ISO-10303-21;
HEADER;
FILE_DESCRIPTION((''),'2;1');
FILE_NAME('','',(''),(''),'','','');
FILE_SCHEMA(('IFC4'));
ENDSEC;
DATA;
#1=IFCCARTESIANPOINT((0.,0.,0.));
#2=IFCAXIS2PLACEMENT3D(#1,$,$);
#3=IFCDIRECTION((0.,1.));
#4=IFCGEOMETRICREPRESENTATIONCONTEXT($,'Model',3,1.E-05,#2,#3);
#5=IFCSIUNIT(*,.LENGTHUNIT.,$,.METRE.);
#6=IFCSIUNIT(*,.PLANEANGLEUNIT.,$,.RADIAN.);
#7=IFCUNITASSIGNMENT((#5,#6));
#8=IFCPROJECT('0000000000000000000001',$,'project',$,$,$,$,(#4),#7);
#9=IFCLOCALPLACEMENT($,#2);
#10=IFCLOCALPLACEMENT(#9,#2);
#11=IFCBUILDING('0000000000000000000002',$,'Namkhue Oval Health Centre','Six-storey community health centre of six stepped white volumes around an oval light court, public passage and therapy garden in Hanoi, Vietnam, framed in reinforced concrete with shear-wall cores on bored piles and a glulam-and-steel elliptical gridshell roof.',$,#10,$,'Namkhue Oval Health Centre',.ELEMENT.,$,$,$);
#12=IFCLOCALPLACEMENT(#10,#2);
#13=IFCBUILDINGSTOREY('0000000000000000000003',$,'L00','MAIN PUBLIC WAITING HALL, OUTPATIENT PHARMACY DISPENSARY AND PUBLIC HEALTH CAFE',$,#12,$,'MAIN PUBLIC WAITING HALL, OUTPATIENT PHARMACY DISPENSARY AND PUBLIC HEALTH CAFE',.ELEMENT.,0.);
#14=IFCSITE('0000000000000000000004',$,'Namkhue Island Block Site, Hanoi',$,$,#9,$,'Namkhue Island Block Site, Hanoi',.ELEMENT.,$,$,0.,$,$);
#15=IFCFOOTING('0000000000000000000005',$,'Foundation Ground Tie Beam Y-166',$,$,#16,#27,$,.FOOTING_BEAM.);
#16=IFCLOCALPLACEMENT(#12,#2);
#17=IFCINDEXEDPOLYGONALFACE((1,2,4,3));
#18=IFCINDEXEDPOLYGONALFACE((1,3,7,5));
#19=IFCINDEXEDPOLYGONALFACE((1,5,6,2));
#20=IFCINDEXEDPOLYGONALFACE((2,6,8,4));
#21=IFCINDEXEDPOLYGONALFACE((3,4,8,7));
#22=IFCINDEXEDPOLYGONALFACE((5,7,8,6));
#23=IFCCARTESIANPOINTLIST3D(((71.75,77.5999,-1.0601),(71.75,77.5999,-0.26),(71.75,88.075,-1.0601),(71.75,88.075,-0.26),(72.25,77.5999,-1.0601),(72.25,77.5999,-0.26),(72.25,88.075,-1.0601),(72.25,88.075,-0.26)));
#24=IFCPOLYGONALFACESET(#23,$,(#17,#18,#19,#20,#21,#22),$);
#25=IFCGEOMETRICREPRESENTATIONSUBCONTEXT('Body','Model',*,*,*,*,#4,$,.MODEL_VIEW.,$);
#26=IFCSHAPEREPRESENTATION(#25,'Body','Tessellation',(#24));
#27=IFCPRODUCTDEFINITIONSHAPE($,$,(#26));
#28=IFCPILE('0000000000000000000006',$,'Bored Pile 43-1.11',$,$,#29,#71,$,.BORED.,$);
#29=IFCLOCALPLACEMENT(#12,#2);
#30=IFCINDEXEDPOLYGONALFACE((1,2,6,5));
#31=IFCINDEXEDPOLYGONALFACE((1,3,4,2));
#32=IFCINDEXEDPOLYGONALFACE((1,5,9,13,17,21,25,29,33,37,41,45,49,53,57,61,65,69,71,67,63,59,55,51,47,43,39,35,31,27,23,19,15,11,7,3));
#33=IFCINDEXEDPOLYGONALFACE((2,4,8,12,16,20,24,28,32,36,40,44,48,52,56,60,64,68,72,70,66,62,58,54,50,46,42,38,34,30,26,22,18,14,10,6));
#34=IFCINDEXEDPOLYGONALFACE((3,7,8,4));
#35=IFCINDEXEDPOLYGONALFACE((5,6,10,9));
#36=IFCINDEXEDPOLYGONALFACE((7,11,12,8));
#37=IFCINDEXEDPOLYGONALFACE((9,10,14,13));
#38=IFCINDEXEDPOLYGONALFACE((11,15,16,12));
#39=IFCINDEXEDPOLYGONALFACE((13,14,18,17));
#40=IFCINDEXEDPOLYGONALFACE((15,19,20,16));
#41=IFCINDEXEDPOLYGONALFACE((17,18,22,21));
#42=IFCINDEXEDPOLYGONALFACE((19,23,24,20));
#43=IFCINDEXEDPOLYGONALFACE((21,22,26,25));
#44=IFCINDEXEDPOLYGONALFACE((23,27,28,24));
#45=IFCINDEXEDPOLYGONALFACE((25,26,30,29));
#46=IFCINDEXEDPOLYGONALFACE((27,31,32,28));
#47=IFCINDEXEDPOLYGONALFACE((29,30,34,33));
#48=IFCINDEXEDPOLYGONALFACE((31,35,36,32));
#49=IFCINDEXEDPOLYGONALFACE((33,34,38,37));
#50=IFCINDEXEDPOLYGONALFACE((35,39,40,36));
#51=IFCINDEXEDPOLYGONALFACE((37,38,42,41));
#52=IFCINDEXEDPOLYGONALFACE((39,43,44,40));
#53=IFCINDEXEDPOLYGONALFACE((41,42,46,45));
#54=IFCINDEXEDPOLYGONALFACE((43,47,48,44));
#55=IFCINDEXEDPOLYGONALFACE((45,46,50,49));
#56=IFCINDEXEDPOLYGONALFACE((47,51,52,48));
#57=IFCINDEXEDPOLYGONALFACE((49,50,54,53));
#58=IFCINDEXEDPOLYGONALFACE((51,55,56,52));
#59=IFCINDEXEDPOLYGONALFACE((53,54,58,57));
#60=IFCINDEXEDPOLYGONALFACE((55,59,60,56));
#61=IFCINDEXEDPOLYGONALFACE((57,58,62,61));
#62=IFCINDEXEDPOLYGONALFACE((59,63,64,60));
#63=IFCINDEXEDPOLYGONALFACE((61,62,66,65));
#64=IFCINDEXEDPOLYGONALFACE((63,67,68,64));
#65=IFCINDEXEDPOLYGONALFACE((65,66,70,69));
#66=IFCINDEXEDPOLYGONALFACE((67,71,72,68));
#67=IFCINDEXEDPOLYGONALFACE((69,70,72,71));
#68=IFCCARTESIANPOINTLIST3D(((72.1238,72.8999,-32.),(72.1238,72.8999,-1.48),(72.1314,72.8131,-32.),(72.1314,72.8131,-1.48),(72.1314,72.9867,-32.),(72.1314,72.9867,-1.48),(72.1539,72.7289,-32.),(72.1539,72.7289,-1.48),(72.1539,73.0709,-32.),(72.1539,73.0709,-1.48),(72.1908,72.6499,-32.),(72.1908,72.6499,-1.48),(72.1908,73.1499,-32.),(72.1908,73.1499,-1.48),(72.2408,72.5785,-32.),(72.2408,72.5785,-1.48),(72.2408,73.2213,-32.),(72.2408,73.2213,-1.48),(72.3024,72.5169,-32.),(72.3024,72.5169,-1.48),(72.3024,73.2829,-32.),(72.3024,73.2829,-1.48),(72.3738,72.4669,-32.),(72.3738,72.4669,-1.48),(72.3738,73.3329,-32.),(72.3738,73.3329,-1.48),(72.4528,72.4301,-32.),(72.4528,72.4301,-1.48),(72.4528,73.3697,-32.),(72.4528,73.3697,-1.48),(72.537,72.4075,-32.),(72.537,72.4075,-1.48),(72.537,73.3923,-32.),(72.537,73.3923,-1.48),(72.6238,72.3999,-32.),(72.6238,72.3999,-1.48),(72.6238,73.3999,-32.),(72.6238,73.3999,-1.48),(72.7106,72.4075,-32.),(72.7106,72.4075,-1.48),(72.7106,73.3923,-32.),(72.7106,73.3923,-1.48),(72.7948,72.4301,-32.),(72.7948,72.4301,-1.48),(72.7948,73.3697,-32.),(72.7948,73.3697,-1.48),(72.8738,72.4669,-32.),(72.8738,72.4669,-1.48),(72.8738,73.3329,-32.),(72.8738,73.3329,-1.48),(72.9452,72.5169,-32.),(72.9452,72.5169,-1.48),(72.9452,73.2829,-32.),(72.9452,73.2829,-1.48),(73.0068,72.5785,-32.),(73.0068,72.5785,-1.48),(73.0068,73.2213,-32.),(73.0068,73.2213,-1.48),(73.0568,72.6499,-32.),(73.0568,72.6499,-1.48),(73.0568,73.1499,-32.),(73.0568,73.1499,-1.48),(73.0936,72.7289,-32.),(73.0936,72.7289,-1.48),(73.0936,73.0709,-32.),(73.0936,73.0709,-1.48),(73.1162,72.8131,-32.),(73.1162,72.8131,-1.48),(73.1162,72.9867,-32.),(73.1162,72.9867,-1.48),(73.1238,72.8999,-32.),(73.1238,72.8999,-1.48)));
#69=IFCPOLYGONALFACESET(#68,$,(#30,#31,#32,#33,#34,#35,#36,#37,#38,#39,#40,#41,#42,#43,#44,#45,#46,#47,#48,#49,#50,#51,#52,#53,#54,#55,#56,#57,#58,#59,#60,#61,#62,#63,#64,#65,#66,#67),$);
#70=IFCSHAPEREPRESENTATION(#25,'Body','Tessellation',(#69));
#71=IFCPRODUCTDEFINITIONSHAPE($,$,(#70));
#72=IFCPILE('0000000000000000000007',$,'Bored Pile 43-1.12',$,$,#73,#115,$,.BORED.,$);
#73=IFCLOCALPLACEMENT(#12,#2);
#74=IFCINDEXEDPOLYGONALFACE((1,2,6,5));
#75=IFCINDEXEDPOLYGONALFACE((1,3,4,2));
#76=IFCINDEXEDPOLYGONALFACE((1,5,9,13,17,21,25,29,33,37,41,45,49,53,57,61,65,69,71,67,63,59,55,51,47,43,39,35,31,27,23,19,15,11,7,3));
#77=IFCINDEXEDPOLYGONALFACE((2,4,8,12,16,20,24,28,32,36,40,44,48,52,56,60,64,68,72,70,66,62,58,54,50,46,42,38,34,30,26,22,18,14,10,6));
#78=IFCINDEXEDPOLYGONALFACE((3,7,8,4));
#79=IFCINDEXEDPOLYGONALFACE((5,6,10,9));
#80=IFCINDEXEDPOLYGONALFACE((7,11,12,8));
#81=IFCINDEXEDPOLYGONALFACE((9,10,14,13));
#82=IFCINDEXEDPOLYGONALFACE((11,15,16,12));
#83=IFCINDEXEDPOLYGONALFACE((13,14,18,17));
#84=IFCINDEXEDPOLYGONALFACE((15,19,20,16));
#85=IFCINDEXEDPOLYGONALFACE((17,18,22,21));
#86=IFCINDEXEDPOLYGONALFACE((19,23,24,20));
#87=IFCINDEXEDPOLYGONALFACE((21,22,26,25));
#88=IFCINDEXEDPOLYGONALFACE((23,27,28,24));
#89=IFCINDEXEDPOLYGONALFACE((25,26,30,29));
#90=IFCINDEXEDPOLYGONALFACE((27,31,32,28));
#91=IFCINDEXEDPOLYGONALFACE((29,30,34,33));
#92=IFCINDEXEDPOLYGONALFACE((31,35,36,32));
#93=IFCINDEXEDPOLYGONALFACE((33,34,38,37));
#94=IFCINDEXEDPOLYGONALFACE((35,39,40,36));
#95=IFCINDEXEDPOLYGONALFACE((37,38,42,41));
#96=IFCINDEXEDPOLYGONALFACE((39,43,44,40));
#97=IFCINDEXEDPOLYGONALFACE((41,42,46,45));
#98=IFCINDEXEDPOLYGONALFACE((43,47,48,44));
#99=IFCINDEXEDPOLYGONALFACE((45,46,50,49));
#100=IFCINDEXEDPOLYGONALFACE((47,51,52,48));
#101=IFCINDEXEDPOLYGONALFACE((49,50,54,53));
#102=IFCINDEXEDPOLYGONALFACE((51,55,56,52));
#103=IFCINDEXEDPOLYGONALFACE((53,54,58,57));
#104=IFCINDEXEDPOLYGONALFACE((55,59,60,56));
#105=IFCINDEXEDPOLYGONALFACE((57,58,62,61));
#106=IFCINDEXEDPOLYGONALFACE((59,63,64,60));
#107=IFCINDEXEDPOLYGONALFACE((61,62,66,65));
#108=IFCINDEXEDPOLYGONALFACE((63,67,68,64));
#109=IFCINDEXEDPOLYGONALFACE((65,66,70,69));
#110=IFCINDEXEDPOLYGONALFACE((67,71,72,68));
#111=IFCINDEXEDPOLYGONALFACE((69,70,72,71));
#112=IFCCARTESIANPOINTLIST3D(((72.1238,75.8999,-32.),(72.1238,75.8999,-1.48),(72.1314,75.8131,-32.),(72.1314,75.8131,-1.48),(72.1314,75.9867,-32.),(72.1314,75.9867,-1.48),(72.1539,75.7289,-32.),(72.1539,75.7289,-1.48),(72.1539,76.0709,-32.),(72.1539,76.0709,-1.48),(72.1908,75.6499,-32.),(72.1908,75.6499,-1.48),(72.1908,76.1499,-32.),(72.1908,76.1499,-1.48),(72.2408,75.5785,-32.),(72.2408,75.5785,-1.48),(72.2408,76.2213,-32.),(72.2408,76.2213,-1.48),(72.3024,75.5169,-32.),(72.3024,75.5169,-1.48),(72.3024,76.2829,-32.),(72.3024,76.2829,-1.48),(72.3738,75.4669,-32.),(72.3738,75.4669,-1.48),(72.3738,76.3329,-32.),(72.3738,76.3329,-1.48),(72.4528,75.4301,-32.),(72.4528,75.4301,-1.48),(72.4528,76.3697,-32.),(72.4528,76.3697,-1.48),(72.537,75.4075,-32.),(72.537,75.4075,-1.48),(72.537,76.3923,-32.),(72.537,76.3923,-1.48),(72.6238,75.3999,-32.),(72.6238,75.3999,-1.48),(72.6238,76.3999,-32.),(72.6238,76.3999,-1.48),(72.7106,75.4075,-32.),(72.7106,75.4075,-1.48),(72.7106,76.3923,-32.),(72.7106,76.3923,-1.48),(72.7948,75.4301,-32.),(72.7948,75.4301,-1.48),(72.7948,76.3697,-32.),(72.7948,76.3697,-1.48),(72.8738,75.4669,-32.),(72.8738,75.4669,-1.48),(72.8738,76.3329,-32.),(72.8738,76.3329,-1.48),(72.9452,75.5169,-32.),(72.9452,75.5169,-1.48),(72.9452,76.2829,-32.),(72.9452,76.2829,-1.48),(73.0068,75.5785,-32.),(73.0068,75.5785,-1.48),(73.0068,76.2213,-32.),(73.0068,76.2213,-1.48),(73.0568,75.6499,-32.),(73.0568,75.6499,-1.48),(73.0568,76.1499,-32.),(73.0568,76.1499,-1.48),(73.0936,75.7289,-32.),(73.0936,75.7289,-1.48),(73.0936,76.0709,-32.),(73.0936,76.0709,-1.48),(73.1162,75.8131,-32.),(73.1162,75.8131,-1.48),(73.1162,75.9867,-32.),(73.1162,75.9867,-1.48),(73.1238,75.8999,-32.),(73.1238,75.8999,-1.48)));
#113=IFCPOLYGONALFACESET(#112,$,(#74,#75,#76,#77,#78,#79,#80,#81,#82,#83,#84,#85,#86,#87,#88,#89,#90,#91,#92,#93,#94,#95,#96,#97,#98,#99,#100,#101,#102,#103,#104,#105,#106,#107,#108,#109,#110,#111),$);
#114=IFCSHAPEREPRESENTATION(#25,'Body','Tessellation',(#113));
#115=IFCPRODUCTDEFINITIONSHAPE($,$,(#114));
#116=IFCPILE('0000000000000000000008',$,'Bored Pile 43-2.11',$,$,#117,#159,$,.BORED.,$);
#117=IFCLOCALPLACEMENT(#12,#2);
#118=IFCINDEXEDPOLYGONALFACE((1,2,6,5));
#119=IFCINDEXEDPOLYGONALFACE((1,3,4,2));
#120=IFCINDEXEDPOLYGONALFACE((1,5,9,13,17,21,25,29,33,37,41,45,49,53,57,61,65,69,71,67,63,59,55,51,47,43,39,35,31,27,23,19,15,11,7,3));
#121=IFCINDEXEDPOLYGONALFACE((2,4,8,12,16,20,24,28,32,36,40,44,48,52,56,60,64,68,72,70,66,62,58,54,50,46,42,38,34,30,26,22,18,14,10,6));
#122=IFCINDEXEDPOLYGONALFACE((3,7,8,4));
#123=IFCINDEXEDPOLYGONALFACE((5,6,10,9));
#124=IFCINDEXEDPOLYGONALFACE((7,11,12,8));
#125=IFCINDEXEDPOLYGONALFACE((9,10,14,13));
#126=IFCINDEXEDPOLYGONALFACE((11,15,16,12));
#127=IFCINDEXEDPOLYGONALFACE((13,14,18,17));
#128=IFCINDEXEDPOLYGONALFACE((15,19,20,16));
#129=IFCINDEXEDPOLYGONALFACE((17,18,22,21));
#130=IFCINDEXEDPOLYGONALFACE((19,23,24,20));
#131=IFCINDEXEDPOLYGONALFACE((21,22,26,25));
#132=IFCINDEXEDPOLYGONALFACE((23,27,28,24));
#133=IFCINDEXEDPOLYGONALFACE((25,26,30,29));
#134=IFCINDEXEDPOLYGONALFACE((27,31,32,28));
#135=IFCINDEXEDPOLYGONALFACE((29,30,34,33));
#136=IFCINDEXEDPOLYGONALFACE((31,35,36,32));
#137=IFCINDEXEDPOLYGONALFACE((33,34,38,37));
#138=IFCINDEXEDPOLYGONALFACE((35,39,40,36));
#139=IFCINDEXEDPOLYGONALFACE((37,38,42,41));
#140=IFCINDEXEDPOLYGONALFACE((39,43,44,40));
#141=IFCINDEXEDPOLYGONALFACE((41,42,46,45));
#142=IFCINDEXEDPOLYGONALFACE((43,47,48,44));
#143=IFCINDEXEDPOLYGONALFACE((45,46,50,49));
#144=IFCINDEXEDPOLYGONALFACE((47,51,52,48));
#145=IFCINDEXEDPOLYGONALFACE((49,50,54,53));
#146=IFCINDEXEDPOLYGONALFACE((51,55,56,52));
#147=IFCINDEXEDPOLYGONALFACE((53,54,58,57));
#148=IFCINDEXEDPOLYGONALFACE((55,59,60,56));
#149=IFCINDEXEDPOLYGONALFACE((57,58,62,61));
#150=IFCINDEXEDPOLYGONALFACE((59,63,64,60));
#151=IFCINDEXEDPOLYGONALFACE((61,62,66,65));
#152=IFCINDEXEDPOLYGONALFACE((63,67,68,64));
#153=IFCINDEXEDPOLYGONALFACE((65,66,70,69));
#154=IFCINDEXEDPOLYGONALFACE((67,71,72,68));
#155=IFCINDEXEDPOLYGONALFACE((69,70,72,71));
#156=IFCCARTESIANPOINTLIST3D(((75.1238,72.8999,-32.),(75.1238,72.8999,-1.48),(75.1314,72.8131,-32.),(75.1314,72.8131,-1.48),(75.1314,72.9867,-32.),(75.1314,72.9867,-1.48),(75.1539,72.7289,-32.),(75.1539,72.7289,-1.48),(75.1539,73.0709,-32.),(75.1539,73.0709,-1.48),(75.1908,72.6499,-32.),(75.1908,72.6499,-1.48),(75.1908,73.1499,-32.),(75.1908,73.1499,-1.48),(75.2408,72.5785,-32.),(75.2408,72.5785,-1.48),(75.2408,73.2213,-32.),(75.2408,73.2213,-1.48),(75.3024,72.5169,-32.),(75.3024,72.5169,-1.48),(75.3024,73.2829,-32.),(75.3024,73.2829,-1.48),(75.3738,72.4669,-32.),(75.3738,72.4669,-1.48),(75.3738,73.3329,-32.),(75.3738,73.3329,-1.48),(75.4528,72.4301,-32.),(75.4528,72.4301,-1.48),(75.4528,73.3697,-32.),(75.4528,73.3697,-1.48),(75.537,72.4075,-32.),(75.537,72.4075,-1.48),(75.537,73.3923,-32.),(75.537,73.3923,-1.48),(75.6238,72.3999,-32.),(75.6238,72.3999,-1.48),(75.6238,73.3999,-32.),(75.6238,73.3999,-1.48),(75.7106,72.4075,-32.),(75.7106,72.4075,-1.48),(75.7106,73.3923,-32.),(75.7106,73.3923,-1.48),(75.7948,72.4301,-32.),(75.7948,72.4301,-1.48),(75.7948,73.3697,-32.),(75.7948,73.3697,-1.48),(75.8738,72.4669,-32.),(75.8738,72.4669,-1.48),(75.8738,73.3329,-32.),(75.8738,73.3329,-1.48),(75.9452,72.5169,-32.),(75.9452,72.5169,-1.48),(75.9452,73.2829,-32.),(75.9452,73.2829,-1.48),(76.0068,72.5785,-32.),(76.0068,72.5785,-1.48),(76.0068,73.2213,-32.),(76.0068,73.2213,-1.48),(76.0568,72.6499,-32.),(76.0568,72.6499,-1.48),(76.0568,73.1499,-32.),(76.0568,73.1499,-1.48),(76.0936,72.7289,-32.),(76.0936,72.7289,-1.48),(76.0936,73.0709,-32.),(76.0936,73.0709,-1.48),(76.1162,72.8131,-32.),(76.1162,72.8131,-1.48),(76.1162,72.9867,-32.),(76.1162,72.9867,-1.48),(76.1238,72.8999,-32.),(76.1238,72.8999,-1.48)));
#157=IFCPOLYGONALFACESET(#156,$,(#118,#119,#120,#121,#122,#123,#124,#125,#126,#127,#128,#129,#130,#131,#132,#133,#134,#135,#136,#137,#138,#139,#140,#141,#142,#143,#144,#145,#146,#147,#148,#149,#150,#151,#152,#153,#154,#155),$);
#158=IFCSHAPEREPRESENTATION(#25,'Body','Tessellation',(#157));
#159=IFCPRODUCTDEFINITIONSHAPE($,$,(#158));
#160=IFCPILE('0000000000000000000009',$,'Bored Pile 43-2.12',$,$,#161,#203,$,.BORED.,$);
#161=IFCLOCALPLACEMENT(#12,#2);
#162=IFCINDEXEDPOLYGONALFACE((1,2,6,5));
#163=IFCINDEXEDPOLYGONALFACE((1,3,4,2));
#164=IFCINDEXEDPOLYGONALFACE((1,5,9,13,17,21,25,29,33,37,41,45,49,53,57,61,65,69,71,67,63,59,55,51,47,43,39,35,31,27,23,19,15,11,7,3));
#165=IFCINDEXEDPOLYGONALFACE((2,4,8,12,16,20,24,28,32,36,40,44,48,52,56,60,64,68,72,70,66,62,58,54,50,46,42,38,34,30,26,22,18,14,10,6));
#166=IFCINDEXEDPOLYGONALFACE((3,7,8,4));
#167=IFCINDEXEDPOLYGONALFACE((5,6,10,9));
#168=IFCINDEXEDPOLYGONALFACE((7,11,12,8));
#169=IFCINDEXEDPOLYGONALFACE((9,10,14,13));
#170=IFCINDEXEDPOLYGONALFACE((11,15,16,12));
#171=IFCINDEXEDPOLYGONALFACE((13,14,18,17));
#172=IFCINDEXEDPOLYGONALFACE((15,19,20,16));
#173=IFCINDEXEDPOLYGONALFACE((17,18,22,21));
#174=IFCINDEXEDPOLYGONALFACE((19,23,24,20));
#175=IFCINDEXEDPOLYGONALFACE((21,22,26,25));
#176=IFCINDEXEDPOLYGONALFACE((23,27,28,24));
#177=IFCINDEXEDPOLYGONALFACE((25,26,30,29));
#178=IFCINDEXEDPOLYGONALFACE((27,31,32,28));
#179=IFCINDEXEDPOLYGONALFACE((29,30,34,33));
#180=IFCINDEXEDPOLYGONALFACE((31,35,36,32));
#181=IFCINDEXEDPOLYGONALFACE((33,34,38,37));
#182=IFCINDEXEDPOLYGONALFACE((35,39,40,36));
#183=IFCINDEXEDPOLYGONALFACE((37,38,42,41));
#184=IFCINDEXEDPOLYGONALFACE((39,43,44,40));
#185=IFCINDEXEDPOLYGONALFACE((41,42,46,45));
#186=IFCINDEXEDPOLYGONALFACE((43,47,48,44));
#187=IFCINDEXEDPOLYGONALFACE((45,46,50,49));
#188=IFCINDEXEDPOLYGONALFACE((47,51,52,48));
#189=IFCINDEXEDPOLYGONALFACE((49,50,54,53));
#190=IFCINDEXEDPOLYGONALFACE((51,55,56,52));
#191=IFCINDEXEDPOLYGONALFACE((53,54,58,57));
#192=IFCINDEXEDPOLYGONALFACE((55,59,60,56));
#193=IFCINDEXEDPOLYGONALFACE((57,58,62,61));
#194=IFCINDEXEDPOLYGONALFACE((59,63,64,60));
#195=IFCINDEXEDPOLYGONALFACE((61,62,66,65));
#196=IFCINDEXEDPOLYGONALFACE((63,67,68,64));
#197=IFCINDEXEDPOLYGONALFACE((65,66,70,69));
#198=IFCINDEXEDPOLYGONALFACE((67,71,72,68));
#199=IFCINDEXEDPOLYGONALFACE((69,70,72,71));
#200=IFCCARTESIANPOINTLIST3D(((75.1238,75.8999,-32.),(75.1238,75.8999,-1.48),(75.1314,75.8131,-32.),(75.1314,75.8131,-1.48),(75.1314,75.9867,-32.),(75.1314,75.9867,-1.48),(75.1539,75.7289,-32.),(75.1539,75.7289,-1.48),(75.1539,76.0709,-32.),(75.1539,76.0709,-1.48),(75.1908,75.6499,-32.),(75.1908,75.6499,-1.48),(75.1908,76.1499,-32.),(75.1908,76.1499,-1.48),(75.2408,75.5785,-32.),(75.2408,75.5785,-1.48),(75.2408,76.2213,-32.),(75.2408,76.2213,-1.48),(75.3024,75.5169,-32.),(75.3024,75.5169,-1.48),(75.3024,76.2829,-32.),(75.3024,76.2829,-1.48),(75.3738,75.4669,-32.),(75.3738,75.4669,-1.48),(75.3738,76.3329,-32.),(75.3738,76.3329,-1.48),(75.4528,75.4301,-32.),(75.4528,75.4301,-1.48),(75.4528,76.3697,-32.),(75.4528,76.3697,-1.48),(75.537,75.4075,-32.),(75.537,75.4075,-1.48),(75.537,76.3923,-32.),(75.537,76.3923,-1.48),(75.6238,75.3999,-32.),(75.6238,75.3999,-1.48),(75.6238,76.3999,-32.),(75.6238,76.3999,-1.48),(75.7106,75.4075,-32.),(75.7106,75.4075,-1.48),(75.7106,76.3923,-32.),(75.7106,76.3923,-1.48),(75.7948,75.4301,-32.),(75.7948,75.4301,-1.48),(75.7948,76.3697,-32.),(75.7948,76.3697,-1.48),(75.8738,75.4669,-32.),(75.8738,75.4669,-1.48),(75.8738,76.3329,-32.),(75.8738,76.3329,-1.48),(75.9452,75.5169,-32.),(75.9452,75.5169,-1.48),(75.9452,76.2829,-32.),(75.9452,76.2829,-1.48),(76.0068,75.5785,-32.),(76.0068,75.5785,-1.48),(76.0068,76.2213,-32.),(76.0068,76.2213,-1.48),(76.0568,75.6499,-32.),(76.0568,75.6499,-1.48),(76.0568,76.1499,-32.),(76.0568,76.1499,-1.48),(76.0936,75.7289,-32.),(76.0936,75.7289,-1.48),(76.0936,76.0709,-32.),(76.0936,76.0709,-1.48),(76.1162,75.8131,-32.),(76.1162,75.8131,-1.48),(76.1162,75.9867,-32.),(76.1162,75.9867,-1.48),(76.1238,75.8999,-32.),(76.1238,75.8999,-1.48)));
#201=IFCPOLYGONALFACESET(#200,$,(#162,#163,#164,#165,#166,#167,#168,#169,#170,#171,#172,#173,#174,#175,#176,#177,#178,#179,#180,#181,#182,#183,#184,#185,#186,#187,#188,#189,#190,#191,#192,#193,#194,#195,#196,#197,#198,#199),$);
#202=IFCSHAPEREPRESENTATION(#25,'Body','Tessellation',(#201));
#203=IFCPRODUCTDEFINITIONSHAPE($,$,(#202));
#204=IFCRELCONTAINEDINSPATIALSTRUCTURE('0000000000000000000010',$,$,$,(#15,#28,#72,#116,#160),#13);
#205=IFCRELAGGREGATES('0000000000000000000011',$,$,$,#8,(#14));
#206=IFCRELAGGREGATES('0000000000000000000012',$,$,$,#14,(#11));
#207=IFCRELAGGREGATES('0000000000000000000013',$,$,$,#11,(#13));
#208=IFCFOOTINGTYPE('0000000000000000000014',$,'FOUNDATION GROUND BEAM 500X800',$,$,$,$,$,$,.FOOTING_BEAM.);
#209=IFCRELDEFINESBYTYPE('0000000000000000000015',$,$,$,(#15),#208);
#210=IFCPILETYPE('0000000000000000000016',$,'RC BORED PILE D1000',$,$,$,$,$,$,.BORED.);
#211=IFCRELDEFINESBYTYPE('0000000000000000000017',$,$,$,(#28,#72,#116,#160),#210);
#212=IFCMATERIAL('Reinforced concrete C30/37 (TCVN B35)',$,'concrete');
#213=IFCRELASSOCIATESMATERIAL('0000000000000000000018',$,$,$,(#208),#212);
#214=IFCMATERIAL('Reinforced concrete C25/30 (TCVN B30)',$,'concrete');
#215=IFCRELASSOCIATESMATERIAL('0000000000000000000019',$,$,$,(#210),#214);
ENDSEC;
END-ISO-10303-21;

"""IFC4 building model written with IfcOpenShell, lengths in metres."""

from ifc_helpers import new_model, si_unit, direction, frame, origin, origin_2d, place, context, subcontext, project, spatial, rectangle, circle, extrude, material, material_profile, profile_set, type_object, element, save


model = new_model("IFC4")

# Units and contexts
model_context = context("Model", 3, precision=1e-05, world=origin(), true_north=direction((0.0, 1.0)))
body_context = subcontext(model_context, "Body", "Model", "MODEL_VIEW")
ifc_project = project(units=[si_unit("LENGTHUNIT", "METRE"), si_unit("PLANEANGLEUNIT", "RADIAN")], contexts=[model_context])

# Site, building, storey
site_placement = place(None, origin())
site = spatial("IfcSite", under=ifc_project, at=site_placement, Name="Namkhue Island Block Site, Hanoi", LongName="Namkhue Island Block Site, Hanoi", CompositionType="ELEMENT", RefElevation=0.0)
building_placement = place(site_placement, origin())
building = spatial("IfcBuilding", under=site, at=building_placement, Name="Namkhue Oval Health Centre", Description="Six-storey community health centre of six stepped white volumes around an oval light court, public passage and therapy garden in Hanoi, Vietnam, framed in reinforced concrete with shear-wall cores on bored piles and a glulam-and-steel elliptical gridshell roof.", LongName="Namkhue Oval Health Centre", CompositionType="ELEMENT")
storey_placement = place(building_placement, origin())
storey = spatial("IfcBuildingStorey", under=building, at=storey_placement, Name="L00", Description="MAIN PUBLIC WAITING HALL, OUTPATIENT PHARMACY DISPENSARY AND PUBLIC HEALTH CAFE", LongName="MAIN PUBLIC WAITING HALL, OUTPATIENT PHARMACY DISPENSARY AND PUBLIC HEALTH CAFE", CompositionType="ELEMENT", Elevation=0.0)

# Footing
ifc_material_1 = material(Name="Reinforced concrete C30/37 (TCVN B35)", Category="concrete")
footing_type = type_object("IfcFootingType", Name="FOUNDATION GROUND BEAM 500X800", PredefinedType="FOOTING_BEAM", material=ifc_material_1)
footing_placement = place(storey_placement, frame((72.0, 82.8374, -1.0601), z_axis=(0.0, 0.0, 1.0), x_axis=(0.0, 1.0, 0.0)))
element("IfcFooting", 1, at=footing_placement, inside=storey, type_object=footing_type, Name="Foundation Ground Tie Beam Y-166", PredefinedType="FOOTING_BEAM", context=body_context, shape_type="SweptSolid", body=[
    extrude(rectangle(XDim=10.4751, YDim=0.5, at=origin_2d()), origin(), (0.0, 0.0, 1.0), 0.8),
])

# Piles
ifc_material_2 = material(Name="Reinforced concrete C25/30 (TCVN B30)", Category="concrete")
ifc_material_profile_1 = material_profile(ifc_material_2, circle(Radius=0.5, at=origin_2d()), Name="BORED PILE D1000")
ifc_profile_set_1 = profile_set([ifc_material_profile_1], Name="Reinforced concrete C25/30 (TCVN B30)")
pile_type = type_object("IfcPileType", Name="RC BORED PILE D1000", PredefinedType="BORED", material=ifc_profile_set_1)
for number, where, z_axis, x_axis, name in (
    (2, (72.6238, 72.8999, -1.48), (0.0, 0.0, -1.0), (1.0, 0.0, 0.0), "Bored Pile 43-1.11"),
    (3, (72.6238, 75.8999, -1.48), (0.0, 0.0, -1.0), (1.0, 0.0, 0.0), "Bored Pile 43-1.12"),
    (4, (75.6238, 72.8999, -1.48), (0.0, 0.0, -1.0), (1.0, 0.0, 0.0), "Bored Pile 43-2.11"),
    (5, (75.6238, 75.8999, -1.48), (0.0, 0.0, -1.0), (1.0, 0.0, 0.0), "Bored Pile 43-2.12"),
):
    element("IfcPile", number, at=place(storey_placement, frame(where, z_axis=z_axis, x_axis=x_axis)), inside=storey, type_object=pile_type, Name=name, PredefinedType="BORED", context=body_context, shape_type="SweptSolid", body=[
        extrude(circle(Radius=0.5, at=origin_2d()), origin(), (0.0, 0.0, 1.0), 30.52),
    ])

save(model, "model.ifc")
